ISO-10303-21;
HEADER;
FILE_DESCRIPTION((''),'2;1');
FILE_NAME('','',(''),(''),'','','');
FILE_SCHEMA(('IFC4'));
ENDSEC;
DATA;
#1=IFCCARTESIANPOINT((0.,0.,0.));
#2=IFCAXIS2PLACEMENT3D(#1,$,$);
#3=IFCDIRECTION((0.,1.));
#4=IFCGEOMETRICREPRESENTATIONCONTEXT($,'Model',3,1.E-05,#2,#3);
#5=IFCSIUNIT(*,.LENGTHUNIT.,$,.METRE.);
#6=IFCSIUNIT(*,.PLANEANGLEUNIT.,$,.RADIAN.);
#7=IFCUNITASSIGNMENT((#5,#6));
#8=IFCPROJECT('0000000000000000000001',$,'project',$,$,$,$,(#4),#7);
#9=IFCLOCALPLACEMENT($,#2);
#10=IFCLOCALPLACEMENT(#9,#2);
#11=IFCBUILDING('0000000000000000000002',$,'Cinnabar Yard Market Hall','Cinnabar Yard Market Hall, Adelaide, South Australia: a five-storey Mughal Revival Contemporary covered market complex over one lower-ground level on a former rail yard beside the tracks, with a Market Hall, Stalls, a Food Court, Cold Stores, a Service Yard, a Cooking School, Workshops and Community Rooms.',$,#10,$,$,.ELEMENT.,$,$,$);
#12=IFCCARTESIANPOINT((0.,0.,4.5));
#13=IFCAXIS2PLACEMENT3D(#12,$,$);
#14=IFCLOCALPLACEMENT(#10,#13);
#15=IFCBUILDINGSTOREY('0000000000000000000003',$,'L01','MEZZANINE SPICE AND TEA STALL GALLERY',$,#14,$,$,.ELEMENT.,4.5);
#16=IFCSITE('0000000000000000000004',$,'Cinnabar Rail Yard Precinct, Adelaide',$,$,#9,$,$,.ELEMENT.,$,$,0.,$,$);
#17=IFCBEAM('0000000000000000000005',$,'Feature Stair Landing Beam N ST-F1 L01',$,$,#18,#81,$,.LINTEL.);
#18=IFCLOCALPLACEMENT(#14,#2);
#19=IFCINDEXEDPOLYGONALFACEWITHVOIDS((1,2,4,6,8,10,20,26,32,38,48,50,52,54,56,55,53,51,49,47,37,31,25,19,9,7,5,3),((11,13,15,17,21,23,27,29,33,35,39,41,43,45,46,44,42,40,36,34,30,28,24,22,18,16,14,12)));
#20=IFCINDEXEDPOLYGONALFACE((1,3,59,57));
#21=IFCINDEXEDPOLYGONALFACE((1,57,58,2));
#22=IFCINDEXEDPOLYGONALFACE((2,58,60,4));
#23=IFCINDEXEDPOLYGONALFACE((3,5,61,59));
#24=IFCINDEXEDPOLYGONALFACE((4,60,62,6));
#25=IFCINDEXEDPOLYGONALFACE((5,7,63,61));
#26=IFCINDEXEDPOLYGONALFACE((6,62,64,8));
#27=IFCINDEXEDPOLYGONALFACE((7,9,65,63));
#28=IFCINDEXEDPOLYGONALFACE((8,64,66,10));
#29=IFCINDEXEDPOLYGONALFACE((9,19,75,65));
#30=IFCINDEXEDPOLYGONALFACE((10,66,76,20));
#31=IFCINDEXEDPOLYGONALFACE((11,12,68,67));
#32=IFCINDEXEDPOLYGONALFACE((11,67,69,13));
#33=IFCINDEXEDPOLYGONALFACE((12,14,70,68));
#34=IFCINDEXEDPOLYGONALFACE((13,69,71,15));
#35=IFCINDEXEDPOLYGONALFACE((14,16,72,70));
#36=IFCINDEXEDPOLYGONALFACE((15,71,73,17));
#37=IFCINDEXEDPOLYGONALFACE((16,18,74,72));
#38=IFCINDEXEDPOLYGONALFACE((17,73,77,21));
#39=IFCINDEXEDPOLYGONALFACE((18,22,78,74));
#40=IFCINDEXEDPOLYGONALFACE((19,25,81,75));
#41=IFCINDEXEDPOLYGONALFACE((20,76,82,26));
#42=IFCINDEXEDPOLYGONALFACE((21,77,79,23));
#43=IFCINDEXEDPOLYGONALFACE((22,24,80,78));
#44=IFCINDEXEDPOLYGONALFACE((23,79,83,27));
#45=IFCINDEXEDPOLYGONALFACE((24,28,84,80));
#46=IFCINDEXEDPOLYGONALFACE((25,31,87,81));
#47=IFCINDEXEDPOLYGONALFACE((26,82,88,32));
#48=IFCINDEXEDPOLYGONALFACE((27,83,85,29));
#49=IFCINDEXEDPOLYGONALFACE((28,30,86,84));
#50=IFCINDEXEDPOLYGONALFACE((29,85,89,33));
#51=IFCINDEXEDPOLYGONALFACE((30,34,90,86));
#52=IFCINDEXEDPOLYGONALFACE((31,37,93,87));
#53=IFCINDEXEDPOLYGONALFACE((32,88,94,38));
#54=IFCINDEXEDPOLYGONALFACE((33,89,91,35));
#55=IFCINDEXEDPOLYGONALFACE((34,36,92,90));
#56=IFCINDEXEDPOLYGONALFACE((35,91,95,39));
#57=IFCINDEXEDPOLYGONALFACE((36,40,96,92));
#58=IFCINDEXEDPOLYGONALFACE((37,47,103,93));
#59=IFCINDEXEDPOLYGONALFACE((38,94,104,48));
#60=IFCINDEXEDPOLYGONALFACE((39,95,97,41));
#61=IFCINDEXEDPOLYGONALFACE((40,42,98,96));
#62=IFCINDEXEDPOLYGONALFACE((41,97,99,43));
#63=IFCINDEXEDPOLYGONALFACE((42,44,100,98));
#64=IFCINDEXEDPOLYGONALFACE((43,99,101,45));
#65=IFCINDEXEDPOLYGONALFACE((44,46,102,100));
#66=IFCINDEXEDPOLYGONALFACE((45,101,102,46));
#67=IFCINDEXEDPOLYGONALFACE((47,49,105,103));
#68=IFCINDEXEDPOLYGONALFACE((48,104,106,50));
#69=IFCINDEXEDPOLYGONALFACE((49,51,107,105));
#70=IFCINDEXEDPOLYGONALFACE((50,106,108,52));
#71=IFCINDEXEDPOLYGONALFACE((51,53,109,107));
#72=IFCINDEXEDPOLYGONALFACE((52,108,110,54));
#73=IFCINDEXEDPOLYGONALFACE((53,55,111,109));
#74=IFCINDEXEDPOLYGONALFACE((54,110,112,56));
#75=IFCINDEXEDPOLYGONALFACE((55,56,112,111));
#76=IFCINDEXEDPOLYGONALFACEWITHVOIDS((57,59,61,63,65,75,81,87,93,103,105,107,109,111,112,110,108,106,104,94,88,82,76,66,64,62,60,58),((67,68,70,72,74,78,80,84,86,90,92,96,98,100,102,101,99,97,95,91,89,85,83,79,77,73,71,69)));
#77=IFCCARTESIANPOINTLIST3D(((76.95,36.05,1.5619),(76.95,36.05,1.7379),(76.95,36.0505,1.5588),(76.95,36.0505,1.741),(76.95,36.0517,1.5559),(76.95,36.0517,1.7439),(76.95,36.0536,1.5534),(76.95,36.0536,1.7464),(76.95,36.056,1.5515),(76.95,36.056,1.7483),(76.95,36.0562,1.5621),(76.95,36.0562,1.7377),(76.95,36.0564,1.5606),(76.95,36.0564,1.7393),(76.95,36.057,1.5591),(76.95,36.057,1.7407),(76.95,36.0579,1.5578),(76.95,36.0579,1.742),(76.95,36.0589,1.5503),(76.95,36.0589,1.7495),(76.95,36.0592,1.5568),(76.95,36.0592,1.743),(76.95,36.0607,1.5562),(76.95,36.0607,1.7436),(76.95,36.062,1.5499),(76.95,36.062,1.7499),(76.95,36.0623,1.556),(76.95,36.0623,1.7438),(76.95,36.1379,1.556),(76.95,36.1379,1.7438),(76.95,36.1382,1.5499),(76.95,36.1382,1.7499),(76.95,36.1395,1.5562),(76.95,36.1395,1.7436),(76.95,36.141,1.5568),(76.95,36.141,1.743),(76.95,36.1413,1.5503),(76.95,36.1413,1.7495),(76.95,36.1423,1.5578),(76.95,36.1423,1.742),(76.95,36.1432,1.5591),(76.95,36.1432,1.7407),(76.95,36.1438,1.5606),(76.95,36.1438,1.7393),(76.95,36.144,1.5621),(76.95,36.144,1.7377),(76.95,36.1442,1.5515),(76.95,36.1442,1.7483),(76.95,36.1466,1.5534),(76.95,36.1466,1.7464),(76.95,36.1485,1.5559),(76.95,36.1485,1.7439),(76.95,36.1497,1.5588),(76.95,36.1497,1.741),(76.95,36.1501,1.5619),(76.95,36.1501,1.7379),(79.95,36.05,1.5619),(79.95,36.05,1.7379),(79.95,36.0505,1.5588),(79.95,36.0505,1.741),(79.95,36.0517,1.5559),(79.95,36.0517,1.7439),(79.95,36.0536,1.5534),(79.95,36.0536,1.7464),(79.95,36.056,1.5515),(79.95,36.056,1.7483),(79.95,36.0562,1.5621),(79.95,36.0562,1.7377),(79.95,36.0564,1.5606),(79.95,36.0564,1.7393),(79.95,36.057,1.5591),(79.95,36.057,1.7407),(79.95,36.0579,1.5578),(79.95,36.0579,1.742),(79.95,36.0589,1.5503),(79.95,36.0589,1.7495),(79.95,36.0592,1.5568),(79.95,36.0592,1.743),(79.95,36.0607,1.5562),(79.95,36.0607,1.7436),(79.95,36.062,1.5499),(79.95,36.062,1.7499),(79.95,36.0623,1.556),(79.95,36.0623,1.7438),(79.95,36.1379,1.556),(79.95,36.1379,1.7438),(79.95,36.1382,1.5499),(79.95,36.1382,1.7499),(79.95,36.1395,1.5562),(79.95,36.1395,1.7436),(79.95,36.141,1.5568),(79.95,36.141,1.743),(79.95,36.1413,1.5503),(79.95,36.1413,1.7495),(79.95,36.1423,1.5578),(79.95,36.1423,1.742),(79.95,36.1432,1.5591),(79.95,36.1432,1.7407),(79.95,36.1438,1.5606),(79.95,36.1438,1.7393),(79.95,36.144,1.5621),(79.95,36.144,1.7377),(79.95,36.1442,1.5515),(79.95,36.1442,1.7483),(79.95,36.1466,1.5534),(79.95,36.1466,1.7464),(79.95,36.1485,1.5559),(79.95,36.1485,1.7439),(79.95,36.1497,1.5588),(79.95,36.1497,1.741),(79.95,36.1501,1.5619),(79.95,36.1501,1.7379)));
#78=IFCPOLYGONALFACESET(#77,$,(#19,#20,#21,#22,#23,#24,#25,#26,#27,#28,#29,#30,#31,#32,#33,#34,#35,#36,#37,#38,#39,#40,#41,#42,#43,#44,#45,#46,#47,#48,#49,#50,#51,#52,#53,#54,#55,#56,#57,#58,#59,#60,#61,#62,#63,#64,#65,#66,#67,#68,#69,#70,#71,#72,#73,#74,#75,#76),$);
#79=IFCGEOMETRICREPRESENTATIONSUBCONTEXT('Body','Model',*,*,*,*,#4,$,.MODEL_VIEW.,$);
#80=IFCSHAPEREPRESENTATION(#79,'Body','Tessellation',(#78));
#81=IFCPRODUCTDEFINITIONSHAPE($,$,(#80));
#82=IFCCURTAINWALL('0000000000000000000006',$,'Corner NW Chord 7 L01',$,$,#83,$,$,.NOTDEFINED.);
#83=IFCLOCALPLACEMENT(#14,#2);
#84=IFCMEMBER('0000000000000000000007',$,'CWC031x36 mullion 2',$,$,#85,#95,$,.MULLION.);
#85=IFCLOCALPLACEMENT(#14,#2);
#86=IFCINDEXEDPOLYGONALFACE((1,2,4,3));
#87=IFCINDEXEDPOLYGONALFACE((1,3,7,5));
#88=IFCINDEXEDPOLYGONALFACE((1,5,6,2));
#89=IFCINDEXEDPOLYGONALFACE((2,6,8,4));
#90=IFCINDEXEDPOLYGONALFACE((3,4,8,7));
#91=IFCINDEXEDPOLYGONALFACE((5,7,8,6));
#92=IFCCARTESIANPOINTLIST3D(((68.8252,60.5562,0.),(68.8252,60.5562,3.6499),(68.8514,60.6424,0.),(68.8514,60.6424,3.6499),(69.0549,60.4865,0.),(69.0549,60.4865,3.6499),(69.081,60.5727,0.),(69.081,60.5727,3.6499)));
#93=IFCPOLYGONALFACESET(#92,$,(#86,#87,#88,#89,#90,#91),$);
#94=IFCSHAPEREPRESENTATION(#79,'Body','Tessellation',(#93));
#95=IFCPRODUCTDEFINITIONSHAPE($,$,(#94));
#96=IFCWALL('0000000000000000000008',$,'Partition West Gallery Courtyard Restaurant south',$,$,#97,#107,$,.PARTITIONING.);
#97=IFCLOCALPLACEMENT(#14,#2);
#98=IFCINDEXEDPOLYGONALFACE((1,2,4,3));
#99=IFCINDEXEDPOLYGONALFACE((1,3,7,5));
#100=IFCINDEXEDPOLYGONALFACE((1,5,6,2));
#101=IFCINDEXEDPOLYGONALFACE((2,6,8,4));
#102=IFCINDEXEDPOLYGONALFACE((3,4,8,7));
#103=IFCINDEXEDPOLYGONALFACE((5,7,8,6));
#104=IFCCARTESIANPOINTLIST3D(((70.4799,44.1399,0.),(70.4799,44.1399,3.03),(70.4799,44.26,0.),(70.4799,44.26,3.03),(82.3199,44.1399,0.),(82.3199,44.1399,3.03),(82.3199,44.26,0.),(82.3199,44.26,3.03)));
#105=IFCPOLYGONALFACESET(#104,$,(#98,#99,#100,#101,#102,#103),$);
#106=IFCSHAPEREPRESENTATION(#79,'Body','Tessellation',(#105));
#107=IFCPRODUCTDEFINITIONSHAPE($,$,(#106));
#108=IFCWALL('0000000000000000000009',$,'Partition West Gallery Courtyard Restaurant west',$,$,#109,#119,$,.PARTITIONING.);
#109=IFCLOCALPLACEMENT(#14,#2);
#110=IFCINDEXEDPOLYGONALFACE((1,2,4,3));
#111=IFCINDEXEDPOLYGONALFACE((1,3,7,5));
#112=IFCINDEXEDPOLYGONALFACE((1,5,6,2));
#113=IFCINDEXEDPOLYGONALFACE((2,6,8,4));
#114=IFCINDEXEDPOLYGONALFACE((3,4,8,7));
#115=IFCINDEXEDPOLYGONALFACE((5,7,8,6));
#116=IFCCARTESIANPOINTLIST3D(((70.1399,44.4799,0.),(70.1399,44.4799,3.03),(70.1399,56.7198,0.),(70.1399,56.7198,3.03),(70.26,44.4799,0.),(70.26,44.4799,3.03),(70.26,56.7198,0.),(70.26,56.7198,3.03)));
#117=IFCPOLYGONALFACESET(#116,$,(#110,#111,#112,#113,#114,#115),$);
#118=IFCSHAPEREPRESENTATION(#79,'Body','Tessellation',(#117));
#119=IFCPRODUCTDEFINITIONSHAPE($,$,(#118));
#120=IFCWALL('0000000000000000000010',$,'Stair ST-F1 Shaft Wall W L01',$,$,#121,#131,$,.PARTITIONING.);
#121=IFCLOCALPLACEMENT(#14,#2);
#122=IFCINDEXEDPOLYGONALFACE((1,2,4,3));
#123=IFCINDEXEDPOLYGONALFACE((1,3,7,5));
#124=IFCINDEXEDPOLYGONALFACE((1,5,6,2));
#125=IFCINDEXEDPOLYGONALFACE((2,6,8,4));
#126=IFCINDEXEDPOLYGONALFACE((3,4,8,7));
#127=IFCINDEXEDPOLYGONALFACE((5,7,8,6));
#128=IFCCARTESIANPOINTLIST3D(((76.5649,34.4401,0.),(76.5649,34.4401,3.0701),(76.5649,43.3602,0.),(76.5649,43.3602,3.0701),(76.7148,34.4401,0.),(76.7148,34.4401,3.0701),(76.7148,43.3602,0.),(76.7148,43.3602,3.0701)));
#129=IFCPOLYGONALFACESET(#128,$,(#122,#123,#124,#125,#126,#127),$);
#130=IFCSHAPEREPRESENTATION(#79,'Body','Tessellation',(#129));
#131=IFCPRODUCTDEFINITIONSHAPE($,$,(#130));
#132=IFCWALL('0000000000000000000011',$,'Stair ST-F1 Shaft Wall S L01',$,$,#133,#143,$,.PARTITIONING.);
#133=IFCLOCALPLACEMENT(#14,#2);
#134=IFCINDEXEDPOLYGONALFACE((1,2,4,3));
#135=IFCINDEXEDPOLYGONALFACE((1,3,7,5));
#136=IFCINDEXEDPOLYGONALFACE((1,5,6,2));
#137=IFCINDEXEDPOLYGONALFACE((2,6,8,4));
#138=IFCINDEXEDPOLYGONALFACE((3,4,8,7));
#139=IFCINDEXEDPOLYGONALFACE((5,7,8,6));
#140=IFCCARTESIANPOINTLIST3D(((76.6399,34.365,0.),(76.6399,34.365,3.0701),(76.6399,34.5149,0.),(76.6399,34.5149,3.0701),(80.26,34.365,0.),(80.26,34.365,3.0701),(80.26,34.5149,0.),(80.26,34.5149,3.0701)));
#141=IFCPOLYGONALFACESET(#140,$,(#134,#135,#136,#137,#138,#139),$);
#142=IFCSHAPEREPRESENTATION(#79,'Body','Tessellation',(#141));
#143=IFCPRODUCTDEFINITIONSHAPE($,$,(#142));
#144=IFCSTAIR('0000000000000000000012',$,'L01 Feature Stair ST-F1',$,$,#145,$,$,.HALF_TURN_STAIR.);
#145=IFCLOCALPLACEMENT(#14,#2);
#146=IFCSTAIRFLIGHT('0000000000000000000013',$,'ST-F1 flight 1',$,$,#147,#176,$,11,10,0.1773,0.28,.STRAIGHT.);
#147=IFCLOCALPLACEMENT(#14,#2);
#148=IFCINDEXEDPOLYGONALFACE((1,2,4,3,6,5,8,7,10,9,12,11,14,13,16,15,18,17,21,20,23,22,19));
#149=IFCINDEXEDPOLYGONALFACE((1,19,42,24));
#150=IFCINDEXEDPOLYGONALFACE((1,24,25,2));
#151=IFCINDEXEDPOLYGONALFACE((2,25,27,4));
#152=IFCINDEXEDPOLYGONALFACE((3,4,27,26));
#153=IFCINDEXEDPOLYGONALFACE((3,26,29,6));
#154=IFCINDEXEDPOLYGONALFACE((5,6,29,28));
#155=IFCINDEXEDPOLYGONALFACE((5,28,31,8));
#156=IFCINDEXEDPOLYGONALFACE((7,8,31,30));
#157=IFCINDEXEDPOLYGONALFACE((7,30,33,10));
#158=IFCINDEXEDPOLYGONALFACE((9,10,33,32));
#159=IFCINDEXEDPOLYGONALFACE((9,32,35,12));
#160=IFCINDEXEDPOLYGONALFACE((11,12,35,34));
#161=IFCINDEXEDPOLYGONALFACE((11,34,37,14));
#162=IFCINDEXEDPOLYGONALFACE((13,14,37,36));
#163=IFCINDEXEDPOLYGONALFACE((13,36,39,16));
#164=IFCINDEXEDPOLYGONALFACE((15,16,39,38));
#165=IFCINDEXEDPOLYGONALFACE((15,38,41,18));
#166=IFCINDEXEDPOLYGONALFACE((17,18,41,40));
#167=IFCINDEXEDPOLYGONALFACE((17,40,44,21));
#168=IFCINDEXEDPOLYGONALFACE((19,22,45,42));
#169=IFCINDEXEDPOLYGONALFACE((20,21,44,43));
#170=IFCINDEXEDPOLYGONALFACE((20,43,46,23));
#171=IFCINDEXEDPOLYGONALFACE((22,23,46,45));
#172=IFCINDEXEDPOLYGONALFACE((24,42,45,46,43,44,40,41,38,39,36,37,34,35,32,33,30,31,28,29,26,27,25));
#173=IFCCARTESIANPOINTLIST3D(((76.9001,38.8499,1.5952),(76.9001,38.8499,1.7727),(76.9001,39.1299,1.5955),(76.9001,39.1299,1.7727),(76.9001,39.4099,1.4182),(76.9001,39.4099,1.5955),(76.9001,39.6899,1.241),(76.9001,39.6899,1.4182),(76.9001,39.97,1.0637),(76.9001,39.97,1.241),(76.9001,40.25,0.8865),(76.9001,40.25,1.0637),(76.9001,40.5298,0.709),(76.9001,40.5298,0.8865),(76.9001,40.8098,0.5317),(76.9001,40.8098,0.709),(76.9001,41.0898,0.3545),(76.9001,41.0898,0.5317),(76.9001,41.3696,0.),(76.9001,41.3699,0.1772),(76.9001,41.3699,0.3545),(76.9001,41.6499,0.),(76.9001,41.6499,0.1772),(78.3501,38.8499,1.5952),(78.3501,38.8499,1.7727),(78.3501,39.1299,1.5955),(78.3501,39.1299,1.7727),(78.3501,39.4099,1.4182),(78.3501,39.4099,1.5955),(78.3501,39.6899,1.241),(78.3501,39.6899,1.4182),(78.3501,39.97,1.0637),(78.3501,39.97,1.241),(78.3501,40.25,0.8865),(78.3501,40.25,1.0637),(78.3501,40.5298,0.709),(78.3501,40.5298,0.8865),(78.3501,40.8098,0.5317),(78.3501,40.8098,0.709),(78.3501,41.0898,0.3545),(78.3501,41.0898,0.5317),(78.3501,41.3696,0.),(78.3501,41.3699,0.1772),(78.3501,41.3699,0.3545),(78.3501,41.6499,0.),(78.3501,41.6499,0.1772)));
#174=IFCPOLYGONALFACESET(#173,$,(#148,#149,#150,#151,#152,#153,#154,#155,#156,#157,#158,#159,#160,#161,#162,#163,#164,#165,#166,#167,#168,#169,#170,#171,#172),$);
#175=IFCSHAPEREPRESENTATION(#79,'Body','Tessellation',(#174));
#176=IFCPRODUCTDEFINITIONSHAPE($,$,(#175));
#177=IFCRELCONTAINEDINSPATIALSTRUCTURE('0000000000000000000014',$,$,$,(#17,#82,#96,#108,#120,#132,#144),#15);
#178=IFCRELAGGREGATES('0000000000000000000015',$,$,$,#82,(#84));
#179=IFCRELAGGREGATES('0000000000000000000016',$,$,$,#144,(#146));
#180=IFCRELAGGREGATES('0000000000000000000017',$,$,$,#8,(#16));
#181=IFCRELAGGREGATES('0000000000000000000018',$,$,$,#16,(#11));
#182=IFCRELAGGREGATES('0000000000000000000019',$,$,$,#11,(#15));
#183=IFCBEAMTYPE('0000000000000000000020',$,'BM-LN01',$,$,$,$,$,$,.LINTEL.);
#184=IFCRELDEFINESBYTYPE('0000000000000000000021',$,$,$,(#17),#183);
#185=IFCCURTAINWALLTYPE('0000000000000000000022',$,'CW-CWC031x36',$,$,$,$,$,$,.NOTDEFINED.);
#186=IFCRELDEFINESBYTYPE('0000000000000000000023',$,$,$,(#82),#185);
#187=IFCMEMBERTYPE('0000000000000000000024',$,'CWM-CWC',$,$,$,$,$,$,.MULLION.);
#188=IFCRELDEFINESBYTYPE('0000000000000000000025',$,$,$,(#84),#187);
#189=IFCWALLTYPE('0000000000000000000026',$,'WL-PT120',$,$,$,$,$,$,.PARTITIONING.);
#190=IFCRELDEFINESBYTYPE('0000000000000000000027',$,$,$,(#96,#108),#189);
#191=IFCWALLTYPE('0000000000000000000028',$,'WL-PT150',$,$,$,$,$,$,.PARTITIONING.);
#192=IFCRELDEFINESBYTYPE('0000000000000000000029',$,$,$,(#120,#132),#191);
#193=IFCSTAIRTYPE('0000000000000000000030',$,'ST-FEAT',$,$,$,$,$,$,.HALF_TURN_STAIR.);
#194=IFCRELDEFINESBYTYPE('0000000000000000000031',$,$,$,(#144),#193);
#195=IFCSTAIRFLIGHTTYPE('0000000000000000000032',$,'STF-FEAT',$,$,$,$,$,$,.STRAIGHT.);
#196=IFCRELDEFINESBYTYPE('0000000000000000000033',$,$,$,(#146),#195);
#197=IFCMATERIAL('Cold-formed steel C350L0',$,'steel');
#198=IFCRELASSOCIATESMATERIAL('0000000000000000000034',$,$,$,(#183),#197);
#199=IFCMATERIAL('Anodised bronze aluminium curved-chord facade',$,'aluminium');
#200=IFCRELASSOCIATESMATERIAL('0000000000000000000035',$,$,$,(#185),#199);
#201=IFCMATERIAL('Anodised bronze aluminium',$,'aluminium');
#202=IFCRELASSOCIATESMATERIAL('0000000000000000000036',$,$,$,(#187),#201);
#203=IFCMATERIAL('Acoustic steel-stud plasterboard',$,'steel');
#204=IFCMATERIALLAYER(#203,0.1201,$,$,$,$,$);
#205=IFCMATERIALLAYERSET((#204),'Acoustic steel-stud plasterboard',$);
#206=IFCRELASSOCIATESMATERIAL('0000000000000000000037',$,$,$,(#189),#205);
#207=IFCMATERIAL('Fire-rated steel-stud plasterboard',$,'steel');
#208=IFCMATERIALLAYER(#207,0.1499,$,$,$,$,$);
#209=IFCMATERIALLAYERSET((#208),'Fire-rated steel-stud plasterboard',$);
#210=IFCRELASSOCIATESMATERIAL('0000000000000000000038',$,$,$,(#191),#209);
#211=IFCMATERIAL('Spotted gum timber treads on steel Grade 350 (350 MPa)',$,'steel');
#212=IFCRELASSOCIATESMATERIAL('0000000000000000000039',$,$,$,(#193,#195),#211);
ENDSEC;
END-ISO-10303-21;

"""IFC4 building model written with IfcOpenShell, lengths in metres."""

from ifc_helpers import new_model, si_unit, direction, frame, frame_2d, origin, origin_2d_with_axis, place, context, subcontext, project, spatial, polyline, rectangle, hollow_rectangle, outline, extrude, material, layer, layer_set, material_profile, profile_set, type_object, element, aggregate, save


model = new_model("IFC4")

# Units and contexts
model_context = context("Model", 3, precision=1e-05, world=origin(), true_north=direction((0.0, 1.0)))
body_context = subcontext(model_context, "Body", "Model", "MODEL_VIEW")
ifc_project = project(units=[si_unit("LENGTHUNIT", "METRE"), si_unit("PLANEANGLEUNIT", "RADIAN")], contexts=[model_context])

# Site, building, storey
site_placement = place(None, origin())
site = spatial("IfcSite", under=ifc_project, at=site_placement, Name="Cinnabar Rail Yard Precinct, Adelaide", CompositionType="ELEMENT", RefElevation=0.0)
building_placement = place(site_placement, origin())
building = spatial("IfcBuilding", under=site, at=building_placement, Name="Cinnabar Yard Market Hall", Description="Cinnabar Yard Market Hall, Adelaide, South Australia: a five-storey Mughal Revival Contemporary covered market complex over one lower-ground level on a former rail yard beside the tracks, with a Market Hall, Stalls, a Food Court, Cold Stores, a Service Yard, a Cooking School, Workshops and Community Rooms.", CompositionType="ELEMENT")
storey_placement = place(building_placement, frame((0.0, 0.0, 4.5)))
storey = spatial("IfcBuildingStorey", under=building, at=storey_placement, Name="L01", Description="MEZZANINE SPICE AND TEA STALL GALLERY", CompositionType="ELEMENT", Elevation=4.5)

# Shared definitions
ifc_material_1 = material(Name="Cold-formed steel C350L0", Category="steel")

# Beam
ifc_material_profile_1 = material_profile(ifc_material_1, hollow_rectangle(XDim=0.1001, YDim=0.2, WallThickness=0.0061, InnerFilletRadius=0.0061, OuterFilletRadius=0.012, at=origin_2d_with_axis()), Name="200x100x6.0RHS")
ifc_profile_set_1 = profile_set([ifc_material_profile_1], Name="Cold-formed steel C350L0")
beam_type_1 = type_object("IfcBeamType", Name="BM-LN01", PredefinedType="LINTEL", material=ifc_profile_set_1)
for number, where, z_axis, x_axis, name in (
    (1, (76.95, 36.1001, 1.6499), (1.0, 0.0, 0.0), (0.0, 1.0, 0.0), "Feature Stair Landing Beam N ST-F1 L01"),
):
    element("IfcBeam", number, at=place(storey_placement, frame(where, z_axis=z_axis, x_axis=x_axis)), inside=storey, type_object=beam_type_1, Name=name, PredefinedType="LINTEL", context=body_context, shape_type="SweptSolid", body=[
        extrude(hollow_rectangle(XDim=0.1001, YDim=0.2, WallThickness=0.0061, InnerFilletRadius=0.0061, OuterFilletRadius=0.012, at=origin_2d_with_axis()), origin(), (0.0, 0.0, 1.0), 3.0),
    ])

# Curtain wall, member
ifc_material_2 = material(Name="Anodised bronze aluminium curved-chord facade", Category="aluminium")
curtain_wall_type = type_object("IfcCurtainWallType", Name="CW-CWC031x36", PredefinedType="NOTDEFINED", material=ifc_material_2)
curtain_wall_placement = place(storey_placement, origin())
curtain_wall = element("IfcCurtainWall", 2, at=curtain_wall_placement, inside=storey, type_object=curtain_wall_type, Name="Corner NW Chord 7 L01", PredefinedType="NOTDEFINED")
ifc_material_3 = material(Name="Anodised bronze aluminium", Category="aluminium")
ifc_material_profile_2 = material_profile(ifc_material_3, rectangle(XDim=0.24, YDim=0.0901, at=origin_2d_with_axis()), Name="MUL-CWC")
ifc_profile_set_2 = profile_set([ifc_material_profile_2], Name="Anodised bronze aluminium")
member_type = type_object("IfcMemberType", Name="CWM-CWC", PredefinedType="MULLION", material=ifc_profile_set_2)
member_placement = place(storey_placement, frame((68.9531, 60.5645, 0.0), z_axis=(0.0, 0.0, 1.0), x_axis=(0.956942, -0.290279, 0.0)))
member = element("IfcMember", 3, at=member_placement, type_object=member_type, Name="CWC031x36 mullion 2", PredefinedType="MULLION", context=body_context, shape_type="SweptSolid", body=[
    extrude(rectangle(XDim=0.24, YDim=0.0901, at=origin_2d_with_axis()), origin(), (0.0, 0.0, 1.0), 3.6499),
])
aggregate(curtain_wall, [member])

# Walls
ifc_material_4 = material(Name="Acoustic steel-stud plasterboard", Category="steel")
ifc_layer_1 = layer(ifc_material_4, 0.1201)
ifc_layer_set_1 = layer_set([ifc_layer_1], Name="Acoustic steel-stud plasterboard")
wall_type_1 = type_object("IfcWallType", Name="WL-PT120", PredefinedType="PARTITIONING", material=ifc_layer_set_1)
wall_1_placement = place(storey_placement, frame((70.48, 44.2, 0.0), z_axis=(0.0, 0.0, 1.0), x_axis=(1.0, 0.0, 0.0)))
element("IfcWall", 4, at=wall_1_placement, inside=storey, type_object=wall_type_1, Name="Partition West Gallery Courtyard Restaurant south", PredefinedType="PARTITIONING", context=body_context, shape_type="SweptSolid", body=[
    extrude(rectangle(XDim=11.8401, YDim=0.1201, at=frame_2d((5.9199, 0.0), x_axis=(1.0, 0.0))), origin(), (0.0, 0.0, 1.0), 3.03),
])
wall_2_placement = place(storey_placement, frame((70.2, 56.72, 0.0), z_axis=(0.0, 0.0, 1.0), x_axis=(0.0, -1.0, 0.0)))
element("IfcWall", 5, at=wall_2_placement, inside=storey, type_object=wall_type_1, Name="Partition West Gallery Courtyard Restaurant west", PredefinedType="PARTITIONING", context=body_context, shape_type="SweptSolid", body=[
    extrude(rectangle(XDim=12.24, YDim=0.1201, at=frame_2d((6.1201, 0.0), x_axis=(1.0, 0.0))), origin(), (0.0, 0.0, 1.0), 3.03),
])
ifc_material_5 = material(Name="Fire-rated steel-stud plasterboard", Category="steel")
ifc_layer_2 = layer(ifc_material_5, 0.1499)
ifc_layer_set_2 = layer_set([ifc_layer_2], Name="Fire-rated steel-stud plasterboard")
wall_type_2 = type_object("IfcWallType", Name="WL-PT150", PredefinedType="PARTITIONING", material=ifc_layer_set_2)
wall_3_placement = place(storey_placement, frame((76.6399, 43.3601, 0.0), z_axis=(0.0, 0.0, 1.0), x_axis=(0.0, -1.0, 0.0)))
element("IfcWall", 6, at=wall_3_placement, inside=storey, type_object=wall_type_2, Name="Stair ST-F1 Shaft Wall W L01", PredefinedType="PARTITIONING", context=body_context, shape_type="SweptSolid", body=[
    extrude(rectangle(XDim=8.9202, YDim=0.1499, at=frame_2d((4.46, 0.0), x_axis=(1.0, 0.0))), origin(), (0.0, 0.0, 1.0), 3.0701),
])
wall_4_placement = place(storey_placement, frame((76.6399, 34.4399, 0.0), z_axis=(0.0, 0.0, 1.0), x_axis=(1.0, 0.0, 0.0)))
element("IfcWall", 7, at=wall_4_placement, inside=storey, type_object=wall_type_2, Name="Stair ST-F1 Shaft Wall S L01", PredefinedType="PARTITIONING", context=body_context, shape_type="SweptSolid", body=[
    extrude(rectangle(XDim=3.6201, YDim=0.1499, at=frame_2d((1.8101, 0.0), x_axis=(1.0, 0.0))), origin(), (0.0, 0.0, 1.0), 3.0701),
])

# Stair, stair flight
ifc_material_6 = material(Name="Spotted gum timber treads on steel Grade 350 (350 MPa)", Category="steel")
stair_type = type_object("IfcStairType", Name="ST-FEAT", PredefinedType="HALF_TURN_STAIR", material=ifc_material_6)
stair_placement = place(storey_placement, origin())
stair = element("IfcStair", 8, at=stair_placement, inside=storey, type_object=stair_type, Name="L01 Feature Stair ST-F1", PredefinedType="HALF_TURN_STAIR")
stair_flight_type = type_object("IfcStairFlightType", Name="STF-FEAT", PredefinedType="STRAIGHT", material=ifc_material_6)
stair_flight_1_placement = place(storey_placement, frame((77.625, 41.6499, 0.0), z_axis=(0.0, 0.0, 1.0), x_axis=(0.0, -1.0, 0.0)))
stair_flight_1 = element("IfcStairFlight", 9, at=stair_flight_1_placement, type_object=stair_flight_type, Name="ST-F1 flight 1", NumberOfRisers=11, NumberOfTreads=10, PredefinedType="STRAIGHT", RiserHeight=0.1773, TreadLength=0.28, context=body_context, shape_type="SweptSolid", body=[
    extrude(outline(polyline([(0.0, 0.0), (0.0, 0.1772), (0.28, 0.1772), (0.28, 0.3545), (0.5601, 0.3545), (0.5601, 0.5317), (0.8401, 0.5317), (0.8401, 0.709), (1.1201, 0.709), (1.1201, 0.8865), (1.3999, 0.8865), (1.3999, 1.0637), (1.6799, 1.0637), (1.6799, 1.241), (1.96, 1.241), (1.96, 1.4182), (2.24, 1.4182), (2.24, 1.5955), (2.52, 1.5955), (2.52, 1.7727), (2.8, 1.7727), (2.8, 1.95), (2.8, 1.5952), (0.2803, 0.0), (0.0, 0.0)])), frame((0.0, 0.7251, 0.0), z_axis=(0.0, -1.0, 0.0), x_axis=(1.0, 0.0, 0.0)), (0.0, 0.0, 1.0), 1.45),
])
aggregate(stair, [stair_flight_1])

save(model, "model.ifc")
